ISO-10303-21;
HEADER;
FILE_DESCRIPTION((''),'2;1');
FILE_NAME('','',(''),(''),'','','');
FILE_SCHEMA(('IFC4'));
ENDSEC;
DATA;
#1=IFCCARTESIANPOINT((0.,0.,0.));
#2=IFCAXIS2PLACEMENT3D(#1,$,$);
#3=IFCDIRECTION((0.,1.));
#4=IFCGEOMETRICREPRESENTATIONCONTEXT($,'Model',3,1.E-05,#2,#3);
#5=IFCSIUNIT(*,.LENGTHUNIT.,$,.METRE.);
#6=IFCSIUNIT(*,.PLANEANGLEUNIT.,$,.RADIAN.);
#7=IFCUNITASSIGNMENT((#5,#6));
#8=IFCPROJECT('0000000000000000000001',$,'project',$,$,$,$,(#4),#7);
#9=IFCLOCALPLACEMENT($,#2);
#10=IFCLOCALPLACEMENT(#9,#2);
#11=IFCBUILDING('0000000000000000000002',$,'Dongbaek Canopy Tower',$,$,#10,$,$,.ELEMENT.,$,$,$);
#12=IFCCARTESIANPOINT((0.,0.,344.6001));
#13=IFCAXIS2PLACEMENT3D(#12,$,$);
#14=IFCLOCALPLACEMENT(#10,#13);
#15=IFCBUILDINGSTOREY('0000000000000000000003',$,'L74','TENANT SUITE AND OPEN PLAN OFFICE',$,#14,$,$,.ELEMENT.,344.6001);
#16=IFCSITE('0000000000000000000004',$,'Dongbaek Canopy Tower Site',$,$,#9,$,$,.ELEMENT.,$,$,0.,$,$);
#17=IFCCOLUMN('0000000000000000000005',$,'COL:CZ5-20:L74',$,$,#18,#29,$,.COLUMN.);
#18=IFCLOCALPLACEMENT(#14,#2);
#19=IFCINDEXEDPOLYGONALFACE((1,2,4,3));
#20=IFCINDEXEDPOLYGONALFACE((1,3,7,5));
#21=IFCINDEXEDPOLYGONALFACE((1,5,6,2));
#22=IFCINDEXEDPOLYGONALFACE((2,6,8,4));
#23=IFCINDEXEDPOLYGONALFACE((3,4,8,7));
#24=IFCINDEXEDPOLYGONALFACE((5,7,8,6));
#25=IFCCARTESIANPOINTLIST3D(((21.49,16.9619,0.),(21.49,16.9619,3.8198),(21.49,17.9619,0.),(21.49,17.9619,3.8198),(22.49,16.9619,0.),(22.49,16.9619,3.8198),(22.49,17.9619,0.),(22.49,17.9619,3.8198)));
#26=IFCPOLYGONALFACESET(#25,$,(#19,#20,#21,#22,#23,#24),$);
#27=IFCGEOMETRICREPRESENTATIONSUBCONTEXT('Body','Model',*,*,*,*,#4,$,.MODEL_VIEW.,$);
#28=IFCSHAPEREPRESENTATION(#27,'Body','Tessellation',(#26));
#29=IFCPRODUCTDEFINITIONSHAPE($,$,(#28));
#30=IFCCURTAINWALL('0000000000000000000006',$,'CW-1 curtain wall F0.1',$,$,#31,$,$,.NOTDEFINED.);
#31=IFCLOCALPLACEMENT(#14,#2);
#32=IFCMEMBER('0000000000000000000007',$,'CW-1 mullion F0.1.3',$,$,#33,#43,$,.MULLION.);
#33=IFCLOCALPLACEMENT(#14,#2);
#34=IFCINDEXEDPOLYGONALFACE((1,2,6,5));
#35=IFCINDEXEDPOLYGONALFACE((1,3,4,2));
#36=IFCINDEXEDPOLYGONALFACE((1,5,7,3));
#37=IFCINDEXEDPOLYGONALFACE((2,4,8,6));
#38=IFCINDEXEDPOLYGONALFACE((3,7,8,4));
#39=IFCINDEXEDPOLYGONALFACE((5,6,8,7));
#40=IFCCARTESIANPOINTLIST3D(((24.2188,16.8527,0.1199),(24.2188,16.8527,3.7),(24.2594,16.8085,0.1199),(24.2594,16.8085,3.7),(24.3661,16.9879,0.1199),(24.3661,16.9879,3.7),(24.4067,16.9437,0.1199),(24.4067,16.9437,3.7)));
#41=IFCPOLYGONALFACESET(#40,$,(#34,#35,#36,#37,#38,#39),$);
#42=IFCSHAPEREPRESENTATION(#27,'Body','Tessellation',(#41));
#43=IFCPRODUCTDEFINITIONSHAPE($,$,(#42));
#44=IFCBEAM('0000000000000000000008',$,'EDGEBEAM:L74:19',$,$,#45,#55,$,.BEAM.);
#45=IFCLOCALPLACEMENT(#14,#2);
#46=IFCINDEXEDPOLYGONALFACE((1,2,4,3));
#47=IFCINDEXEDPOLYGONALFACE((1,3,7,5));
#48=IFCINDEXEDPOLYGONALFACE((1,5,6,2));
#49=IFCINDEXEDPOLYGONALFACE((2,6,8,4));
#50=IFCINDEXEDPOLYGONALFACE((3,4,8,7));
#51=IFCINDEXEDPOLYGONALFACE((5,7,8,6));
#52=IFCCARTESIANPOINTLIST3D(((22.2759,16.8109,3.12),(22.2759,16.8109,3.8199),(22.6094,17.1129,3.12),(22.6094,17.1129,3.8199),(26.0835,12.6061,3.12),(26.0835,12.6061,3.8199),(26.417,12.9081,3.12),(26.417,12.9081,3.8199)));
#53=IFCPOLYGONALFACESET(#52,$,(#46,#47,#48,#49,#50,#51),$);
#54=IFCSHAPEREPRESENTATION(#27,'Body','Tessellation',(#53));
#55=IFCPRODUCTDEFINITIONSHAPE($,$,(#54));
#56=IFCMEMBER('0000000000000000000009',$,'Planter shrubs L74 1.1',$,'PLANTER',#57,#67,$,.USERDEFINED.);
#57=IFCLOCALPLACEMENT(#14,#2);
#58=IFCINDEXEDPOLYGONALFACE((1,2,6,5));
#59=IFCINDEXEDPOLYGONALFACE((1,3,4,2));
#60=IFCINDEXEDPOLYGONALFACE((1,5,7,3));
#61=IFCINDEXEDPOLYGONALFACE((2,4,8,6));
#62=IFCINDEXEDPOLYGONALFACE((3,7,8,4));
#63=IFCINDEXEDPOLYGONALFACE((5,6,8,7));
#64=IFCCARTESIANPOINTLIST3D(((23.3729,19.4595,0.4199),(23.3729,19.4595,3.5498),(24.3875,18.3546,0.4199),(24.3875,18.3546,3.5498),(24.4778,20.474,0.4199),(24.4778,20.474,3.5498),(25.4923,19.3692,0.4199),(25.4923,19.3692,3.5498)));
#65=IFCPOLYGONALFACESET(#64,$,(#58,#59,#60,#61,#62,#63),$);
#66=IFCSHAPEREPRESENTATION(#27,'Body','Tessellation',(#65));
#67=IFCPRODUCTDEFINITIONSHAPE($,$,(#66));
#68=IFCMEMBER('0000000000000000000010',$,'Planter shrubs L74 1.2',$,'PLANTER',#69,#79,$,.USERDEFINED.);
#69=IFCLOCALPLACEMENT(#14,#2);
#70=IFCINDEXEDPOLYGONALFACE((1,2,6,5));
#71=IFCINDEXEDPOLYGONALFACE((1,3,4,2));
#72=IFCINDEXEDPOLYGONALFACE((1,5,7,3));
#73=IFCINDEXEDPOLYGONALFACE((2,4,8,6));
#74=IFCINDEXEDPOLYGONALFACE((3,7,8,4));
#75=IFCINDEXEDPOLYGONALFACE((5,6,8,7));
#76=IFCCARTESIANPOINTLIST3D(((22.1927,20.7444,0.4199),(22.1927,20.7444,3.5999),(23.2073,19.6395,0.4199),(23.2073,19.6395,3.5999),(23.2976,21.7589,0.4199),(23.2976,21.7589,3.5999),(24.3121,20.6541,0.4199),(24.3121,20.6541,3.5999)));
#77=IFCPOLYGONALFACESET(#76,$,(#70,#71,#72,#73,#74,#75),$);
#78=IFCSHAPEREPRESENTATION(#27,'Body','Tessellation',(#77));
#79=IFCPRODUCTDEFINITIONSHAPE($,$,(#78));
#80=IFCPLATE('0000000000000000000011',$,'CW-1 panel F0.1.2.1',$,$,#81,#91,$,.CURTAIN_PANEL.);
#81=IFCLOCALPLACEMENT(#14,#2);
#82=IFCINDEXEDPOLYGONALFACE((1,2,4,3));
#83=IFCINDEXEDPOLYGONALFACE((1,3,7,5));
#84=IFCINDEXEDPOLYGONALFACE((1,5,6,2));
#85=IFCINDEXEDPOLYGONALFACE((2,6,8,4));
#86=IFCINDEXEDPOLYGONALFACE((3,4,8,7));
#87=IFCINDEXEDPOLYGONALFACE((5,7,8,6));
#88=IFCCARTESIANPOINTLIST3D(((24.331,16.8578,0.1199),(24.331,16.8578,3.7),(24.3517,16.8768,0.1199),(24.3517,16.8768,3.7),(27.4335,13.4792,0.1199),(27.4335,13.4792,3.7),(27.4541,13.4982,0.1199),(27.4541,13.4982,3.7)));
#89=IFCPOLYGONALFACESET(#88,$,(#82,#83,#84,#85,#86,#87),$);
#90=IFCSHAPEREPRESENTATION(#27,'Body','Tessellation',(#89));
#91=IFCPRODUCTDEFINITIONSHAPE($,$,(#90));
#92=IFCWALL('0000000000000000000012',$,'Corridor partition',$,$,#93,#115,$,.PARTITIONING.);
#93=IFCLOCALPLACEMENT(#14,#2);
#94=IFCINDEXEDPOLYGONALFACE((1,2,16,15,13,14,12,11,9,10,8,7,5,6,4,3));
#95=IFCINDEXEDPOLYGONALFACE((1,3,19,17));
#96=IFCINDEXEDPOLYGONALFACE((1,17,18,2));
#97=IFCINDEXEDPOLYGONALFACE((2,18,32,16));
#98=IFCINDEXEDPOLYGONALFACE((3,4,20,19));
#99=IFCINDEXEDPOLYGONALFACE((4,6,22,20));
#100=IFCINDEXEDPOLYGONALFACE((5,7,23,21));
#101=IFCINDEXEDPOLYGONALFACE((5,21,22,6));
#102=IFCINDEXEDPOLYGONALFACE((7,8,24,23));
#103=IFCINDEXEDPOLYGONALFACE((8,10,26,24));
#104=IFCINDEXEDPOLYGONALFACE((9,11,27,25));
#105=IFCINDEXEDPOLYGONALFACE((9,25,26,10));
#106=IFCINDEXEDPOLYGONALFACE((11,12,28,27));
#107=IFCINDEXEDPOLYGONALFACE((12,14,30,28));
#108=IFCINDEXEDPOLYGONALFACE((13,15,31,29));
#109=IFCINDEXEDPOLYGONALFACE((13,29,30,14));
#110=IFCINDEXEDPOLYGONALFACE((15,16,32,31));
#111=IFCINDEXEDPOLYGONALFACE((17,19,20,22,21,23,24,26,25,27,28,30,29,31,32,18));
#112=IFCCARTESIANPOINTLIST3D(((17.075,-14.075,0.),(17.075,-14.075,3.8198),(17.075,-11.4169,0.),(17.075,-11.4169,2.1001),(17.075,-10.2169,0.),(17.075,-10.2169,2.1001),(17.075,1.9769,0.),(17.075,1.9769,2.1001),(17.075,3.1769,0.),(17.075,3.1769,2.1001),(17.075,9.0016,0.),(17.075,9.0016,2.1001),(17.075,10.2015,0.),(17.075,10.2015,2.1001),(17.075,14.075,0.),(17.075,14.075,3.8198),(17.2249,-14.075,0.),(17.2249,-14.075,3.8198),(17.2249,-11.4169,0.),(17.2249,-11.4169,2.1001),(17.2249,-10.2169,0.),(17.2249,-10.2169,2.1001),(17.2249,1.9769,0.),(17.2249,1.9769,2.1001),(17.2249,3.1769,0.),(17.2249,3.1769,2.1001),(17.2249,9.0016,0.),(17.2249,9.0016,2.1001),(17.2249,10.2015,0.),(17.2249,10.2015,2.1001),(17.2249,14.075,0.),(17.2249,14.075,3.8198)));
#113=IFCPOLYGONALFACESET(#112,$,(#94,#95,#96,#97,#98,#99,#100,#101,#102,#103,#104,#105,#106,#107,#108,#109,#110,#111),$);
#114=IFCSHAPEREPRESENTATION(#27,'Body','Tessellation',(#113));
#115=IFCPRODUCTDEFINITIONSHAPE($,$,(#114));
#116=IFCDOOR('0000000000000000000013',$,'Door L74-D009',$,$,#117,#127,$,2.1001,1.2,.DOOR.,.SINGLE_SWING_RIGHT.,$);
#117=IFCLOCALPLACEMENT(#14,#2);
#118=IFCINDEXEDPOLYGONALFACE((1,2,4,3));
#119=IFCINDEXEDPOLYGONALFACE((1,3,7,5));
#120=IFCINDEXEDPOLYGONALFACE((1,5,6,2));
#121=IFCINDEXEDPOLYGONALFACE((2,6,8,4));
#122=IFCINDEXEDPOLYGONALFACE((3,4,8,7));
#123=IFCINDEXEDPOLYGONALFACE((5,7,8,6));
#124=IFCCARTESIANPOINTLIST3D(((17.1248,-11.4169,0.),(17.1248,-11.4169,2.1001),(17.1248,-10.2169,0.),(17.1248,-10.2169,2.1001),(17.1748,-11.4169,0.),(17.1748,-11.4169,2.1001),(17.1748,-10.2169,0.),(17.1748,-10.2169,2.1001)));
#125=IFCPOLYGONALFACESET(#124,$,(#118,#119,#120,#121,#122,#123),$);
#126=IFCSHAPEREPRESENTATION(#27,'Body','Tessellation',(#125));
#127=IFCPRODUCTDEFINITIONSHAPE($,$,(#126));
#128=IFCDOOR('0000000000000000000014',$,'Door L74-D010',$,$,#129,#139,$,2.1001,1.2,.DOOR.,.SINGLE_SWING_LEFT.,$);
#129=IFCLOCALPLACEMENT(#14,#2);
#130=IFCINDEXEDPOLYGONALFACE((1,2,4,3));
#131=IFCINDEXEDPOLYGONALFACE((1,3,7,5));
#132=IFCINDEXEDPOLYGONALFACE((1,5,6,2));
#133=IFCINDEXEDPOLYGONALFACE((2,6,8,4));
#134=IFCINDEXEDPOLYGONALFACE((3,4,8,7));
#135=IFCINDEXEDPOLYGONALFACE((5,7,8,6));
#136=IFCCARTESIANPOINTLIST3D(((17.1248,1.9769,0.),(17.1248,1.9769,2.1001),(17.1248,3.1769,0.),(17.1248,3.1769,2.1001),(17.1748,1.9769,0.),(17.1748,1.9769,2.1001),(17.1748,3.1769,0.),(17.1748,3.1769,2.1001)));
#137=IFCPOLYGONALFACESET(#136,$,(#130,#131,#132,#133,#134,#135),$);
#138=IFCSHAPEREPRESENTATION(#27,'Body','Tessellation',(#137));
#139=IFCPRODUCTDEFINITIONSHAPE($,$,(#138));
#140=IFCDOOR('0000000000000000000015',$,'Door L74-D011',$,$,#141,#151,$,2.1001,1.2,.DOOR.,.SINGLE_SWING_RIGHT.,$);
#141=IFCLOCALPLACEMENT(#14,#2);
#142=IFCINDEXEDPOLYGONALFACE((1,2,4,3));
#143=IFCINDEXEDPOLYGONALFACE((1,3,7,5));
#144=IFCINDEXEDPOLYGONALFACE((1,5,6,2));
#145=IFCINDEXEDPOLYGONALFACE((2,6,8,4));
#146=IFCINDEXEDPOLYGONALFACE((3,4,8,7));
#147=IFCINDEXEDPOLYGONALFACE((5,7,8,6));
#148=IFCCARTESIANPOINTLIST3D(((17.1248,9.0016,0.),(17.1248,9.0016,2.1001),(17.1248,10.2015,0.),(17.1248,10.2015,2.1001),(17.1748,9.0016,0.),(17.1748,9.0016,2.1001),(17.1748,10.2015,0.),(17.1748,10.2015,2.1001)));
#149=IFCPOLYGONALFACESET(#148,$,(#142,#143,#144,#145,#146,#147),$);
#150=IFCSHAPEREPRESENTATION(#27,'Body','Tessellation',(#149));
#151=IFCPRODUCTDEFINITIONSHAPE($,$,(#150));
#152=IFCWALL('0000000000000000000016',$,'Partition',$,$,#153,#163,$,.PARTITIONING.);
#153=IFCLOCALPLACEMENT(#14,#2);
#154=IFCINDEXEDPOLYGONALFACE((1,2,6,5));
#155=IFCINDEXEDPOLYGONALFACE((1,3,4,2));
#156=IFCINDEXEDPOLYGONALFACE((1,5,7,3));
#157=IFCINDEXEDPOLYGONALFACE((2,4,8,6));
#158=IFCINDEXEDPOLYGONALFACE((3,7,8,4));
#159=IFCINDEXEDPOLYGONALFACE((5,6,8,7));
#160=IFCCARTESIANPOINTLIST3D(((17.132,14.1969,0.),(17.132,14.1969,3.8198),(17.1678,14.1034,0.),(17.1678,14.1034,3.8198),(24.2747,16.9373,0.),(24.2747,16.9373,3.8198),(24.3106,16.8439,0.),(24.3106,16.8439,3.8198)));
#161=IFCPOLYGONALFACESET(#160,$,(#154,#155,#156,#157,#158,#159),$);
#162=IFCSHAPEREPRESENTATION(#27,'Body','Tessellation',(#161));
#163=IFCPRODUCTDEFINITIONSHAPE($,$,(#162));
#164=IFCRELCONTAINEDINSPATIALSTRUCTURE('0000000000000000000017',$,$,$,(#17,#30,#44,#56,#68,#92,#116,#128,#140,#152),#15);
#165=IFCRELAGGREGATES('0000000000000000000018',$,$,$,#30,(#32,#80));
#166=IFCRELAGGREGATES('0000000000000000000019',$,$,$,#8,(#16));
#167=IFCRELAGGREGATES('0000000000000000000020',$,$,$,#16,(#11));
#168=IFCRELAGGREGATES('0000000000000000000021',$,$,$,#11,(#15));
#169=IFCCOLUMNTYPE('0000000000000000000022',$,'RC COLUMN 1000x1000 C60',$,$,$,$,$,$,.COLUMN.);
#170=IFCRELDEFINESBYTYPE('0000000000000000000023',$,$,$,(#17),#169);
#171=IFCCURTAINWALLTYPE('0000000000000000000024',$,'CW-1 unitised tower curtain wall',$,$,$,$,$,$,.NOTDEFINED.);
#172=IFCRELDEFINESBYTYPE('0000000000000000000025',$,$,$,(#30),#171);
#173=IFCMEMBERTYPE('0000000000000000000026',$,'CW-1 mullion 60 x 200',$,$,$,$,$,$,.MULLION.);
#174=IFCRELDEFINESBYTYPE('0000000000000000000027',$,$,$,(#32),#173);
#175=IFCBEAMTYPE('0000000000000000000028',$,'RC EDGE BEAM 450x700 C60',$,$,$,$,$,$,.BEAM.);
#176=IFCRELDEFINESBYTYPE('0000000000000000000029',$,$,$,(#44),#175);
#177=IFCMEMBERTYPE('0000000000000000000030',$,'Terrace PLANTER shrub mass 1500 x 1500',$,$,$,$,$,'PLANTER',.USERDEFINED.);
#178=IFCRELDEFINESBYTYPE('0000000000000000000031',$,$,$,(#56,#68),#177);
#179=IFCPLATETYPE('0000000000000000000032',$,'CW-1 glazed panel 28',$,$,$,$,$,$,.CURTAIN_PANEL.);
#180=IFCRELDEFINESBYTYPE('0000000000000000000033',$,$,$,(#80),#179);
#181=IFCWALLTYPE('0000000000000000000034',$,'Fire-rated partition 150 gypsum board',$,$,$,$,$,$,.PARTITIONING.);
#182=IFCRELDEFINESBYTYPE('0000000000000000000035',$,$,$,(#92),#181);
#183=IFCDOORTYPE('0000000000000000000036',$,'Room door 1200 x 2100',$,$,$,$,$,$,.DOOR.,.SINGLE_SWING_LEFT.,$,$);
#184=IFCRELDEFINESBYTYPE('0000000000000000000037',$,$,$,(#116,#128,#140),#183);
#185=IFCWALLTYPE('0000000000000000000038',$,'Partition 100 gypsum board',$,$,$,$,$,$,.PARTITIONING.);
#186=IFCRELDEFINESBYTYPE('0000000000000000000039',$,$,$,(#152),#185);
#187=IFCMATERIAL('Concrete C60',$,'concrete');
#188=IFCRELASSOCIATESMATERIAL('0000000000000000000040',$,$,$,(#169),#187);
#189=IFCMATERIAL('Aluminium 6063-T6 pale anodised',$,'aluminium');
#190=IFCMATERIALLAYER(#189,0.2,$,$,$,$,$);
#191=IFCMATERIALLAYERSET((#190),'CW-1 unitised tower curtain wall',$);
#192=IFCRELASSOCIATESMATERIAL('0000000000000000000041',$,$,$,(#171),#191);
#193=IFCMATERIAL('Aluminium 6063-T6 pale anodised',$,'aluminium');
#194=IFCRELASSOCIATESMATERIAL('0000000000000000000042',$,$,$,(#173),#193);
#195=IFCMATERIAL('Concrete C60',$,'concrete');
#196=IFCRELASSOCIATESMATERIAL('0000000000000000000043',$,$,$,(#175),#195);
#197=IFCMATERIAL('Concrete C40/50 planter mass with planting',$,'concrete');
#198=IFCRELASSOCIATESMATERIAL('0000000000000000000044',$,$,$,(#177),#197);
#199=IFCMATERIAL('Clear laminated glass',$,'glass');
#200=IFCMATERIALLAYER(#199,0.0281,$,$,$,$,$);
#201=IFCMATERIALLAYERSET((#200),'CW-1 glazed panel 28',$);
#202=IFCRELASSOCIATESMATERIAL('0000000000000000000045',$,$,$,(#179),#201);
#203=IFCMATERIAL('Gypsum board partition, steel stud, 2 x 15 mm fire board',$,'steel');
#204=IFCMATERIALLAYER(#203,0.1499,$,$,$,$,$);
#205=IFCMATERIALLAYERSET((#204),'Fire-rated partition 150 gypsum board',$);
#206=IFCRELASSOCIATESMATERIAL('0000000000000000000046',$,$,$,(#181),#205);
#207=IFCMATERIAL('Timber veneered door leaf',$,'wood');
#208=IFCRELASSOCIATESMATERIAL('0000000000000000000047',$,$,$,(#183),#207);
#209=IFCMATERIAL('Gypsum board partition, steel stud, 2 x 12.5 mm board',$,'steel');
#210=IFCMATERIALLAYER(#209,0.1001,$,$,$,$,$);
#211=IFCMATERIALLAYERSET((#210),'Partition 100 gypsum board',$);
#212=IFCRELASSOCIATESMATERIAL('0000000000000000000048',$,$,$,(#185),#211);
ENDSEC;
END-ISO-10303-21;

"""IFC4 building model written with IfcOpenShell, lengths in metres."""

from ifc_helpers import new_model, si_unit, direction, frame, frame_2d, origin, origin_2d, place, context, subcontext, project, spatial, rectangle, extrude, material, layer, layer_set, material_profile, profile_set, type_object, element, fill, aggregate, save


model = new_model("IFC4")

# Units and contexts
model_context = context("Model", 3, precision=1e-05, world=origin(), true_north=direction((0.0, 1.0)))
body_context = subcontext(model_context, "Body", "Model", "MODEL_VIEW")
ifc_project = project(units=[si_unit("LENGTHUNIT", "METRE"), si_unit("PLANEANGLEUNIT", "RADIAN")], contexts=[model_context])

# Site, building, storey
site_placement = place(None, origin())
site = spatial("IfcSite", under=ifc_project, at=site_placement, Name="Dongbaek Canopy Tower Site", CompositionType="ELEMENT", RefElevation=0.0)
building_placement = place(site_placement, origin())
building = spatial("IfcBuilding", under=site, at=building_placement, Name="Dongbaek Canopy Tower", CompositionType="ELEMENT")
storey_placement = place(building_placement, frame((0.0, 0.0, 344.6001)))
storey = spatial("IfcBuildingStorey", under=building, at=storey_placement, Name="L74", Description="TENANT SUITE AND OPEN PLAN OFFICE", CompositionType="ELEMENT", Elevation=344.6001)

# Column
ifc_material_1 = material(Name="Concrete C60", Category="concrete")
ifc_material_profile_1 = material_profile(ifc_material_1, rectangle(XDim=1.0, YDim=1.0, at=origin_2d()), Name="RC COLUMN 1000x1000 C60")
ifc_profile_set_1 = profile_set([ifc_material_profile_1], Name="Concrete C60")
column_type = type_object("IfcColumnType", Name="RC COLUMN 1000x1000 C60", PredefinedType="COLUMN", material=ifc_profile_set_1)
column_placement = place(storey_placement, frame((21.99, 17.4619, 0.0), z_axis=(0.0, 0.0, 1.0), x_axis=(1.0, 0.0, 0.0)))
element("IfcColumn", 1, at=column_placement, inside=storey, type_object=column_type, Name="COL:CZ5-20:L74", PredefinedType="COLUMN", context=body_context, shape_type="SweptSolid", body=[
    extrude(rectangle(XDim=1.0, YDim=1.0, at=origin_2d()), origin(), (0.0, 0.0, 1.0), 3.8198),
])

# Curtain wall, member
ifc_material_2 = material(Name="Aluminium 6063-T6 pale anodised", Category="aluminium")
ifc_layer_1 = layer(ifc_material_2, 0.2)
ifc_layer_set_1 = layer_set([ifc_layer_1], Name="CW-1 unitised tower curtain wall")
curtain_wall_type = type_object("IfcCurtainWallType", Name="CW-1 unitised tower curtain wall", PredefinedType="NOTDEFINED", material=ifc_layer_set_1)
curtain_wall_placement = place(storey_placement, origin())
curtain_wall = element("IfcCurtainWall", 2, at=curtain_wall_placement, inside=storey, type_object=curtain_wall_type, Name="CW-1 curtain wall F0.1", PredefinedType="NOTDEFINED")
ifc_material_3 = material(Name="Aluminium 6063-T6 pale anodised", Category="aluminium")
ifc_material_profile_2 = material_profile(ifc_material_3, rectangle(XDim=0.2, YDim=0.0601, at=origin_2d()), Name="CW-1 mullion 60 x 200")
ifc_profile_set_2 = profile_set([ifc_material_profile_2], Name="Aluminium 6063-T6 pale anodised")
member_type_1 = type_object("IfcMemberType", Name="CW-1 mullion 60 x 200", PredefinedType="MULLION", material=ifc_profile_set_2)
member_1_placement = place(storey_placement, frame((24.3127, 16.8982, 0.1199), z_axis=(0.0, 0.0, 1.0), x_axis=(0.736567, 0.676365, 0.0)))
member_1 = element("IfcMember", 3, at=member_1_placement, type_object=member_type_1, Name="CW-1 mullion F0.1.3", PredefinedType="MULLION", context=body_context, shape_type="SweptSolid", body=[
    extrude(rectangle(XDim=0.2, YDim=0.0601, at=origin_2d()), origin(), (0.0, 0.0, 1.0), 3.5801),
])

# Beam
ifc_material_4 = material(Name="Concrete C60", Category="concrete")
ifc_material_profile_3 = material_profile(ifc_material_4, rectangle(XDim=0.45, YDim=0.7, at=origin_2d()), Name="RC EDGE BEAM 450x700 C60")
ifc_profile_set_3 = profile_set([ifc_material_profile_3], Name="Concrete C60")
beam_type = type_object("IfcBeamType", Name="RC EDGE BEAM 450x700 C60", PredefinedType="BEAM", material=ifc_profile_set_3)
beam_placement = place(storey_placement, frame((22.4426, 16.9619, 3.47), z_axis=(0.671228, -0.741251, 0.0), x_axis=(0.741251, 0.671228, 0.0)))
element("IfcBeam", 4, at=beam_placement, inside=storey, type_object=beam_type, Name="EDGEBEAM:L74:19", PredefinedType="BEAM", context=body_context, shape_type="SweptSolid", body=[
    extrude(rectangle(XDim=0.45, YDim=0.7, at=origin_2d()), origin(), (0.0, 0.0, 1.0), 5.6726),
])

# Members
ifc_material_5 = material(Name="Concrete C40/50 planter mass with planting", Category="concrete")
ifc_material_profile_4 = material_profile(ifc_material_5, rectangle(XDim=1.5, YDim=1.5, at=origin_2d()), Name="Terrace PLANTER shrub mass 1500 x 1500")
ifc_profile_set_4 = profile_set([ifc_material_profile_4], Name="Concrete C40/50 planter mass with planting")
member_type_2 = type_object("IfcMemberType", Name="Terrace PLANTER shrub mass 1500 x 1500", ElementType="PLANTER", PredefinedType="USERDEFINED", material=ifc_profile_set_4)
member_2_placement = place(storey_placement, frame((24.4326, 19.4143, 0.4199), z_axis=(0.0, 0.0, 1.0), x_axis=(0.736567, 0.676365, 0.0)))
element("IfcMember", 5, at=member_2_placement, inside=storey, type_object=member_type_2, Name="Planter shrubs L74 1.1", ObjectType="PLANTER", PredefinedType="USERDEFINED", context=body_context, shape_type="SweptSolid", body=[
    extrude(rectangle(XDim=1.5, YDim=1.5, at=origin_2d()), origin(), (0.0, 0.0, 1.0), 3.1299),
])
member_3_placement = place(storey_placement, frame((23.2524, 20.6992, 0.4199), z_axis=(0.0, 0.0, 1.0), x_axis=(0.736567, 0.676365, 0.0)))
element("IfcMember", 6, at=member_3_placement, inside=storey, type_object=member_type_2, Name="Planter shrubs L74 1.2", ObjectType="PLANTER", PredefinedType="USERDEFINED", context=body_context, shape_type="SweptSolid", body=[
    extrude(rectangle(XDim=1.5, YDim=1.5, at=origin_2d()), origin(), (0.0, 0.0, 1.0), 3.1799),
])

# Plate
ifc_material_6 = material(Name="Clear laminated glass", Category="glass")
ifc_layer_2 = layer(ifc_material_6, 0.0281)
ifc_layer_set_2 = layer_set([ifc_layer_2], Name="CW-1 glazed panel 28")
plate_type = type_object("IfcPlateType", Name="CW-1 glazed panel 28", PredefinedType="CURTAIN_PANEL", material=ifc_layer_set_2)
plate_placement = place(storey_placement, frame((25.8926, 15.178, 0.1199), z_axis=(0.0, 0.0, 1.0), x_axis=(-0.676365, 0.736567, 0.0)))
plate = element("IfcPlate", 7, at=plate_placement, type_object=plate_type, Name="CW-1 panel F0.1.2.1", PredefinedType="CURTAIN_PANEL", context=body_context, shape_type="SweptSolid", body=[
    extrude(rectangle(XDim=4.5869, YDim=0.0281, at=origin_2d()), origin(), (0.0, 0.0, 1.0), 3.5801),
])
aggregate(curtain_wall, [member_1, plate])

# Wall, openings, doors
ifc_material_7 = material(Name="Gypsum board partition, steel stud, 2 x 15 mm fire board", Category="steel")
ifc_layer_3 = layer(ifc_material_7, 0.1499)
ifc_layer_set_3 = layer_set([ifc_layer_3], Name="Fire-rated partition 150 gypsum board")
wall_type_1 = type_object("IfcWallType", Name="Fire-rated partition 150 gypsum board", PredefinedType="PARTITIONING", material=ifc_layer_set_3)
wall_1_placement = place(storey_placement, frame((17.1499, 14.075, 0.0), z_axis=(0.0, 0.0, 1.0), x_axis=(0.0, -1.0, 0.0)))
wall_1 = element("IfcWall", 8, at=wall_1_placement, inside=storey, type_object=wall_type_1, Name="Corridor partition", PredefinedType="PARTITIONING", context=body_context, shape_type="SweptSolid", body=[
    extrude(rectangle(XDim=28.1499, YDim=0.1499, at=frame_2d((14.075, 0.0))), origin(), (0.0, 0.0, 1.0), 3.8198),
])
opening_1_placement = place(wall_1_placement, frame((24.2917, 0.0, 0.0)))
opening_1 = element("IfcOpeningElement", 9, at=opening_1_placement, cuts=wall_1, PredefinedType="OPENING", context=body_context, shape_type="SweptSolid", body=[
    extrude(rectangle(XDim=1.2, YDim=2.1001, at=frame_2d((0.6001, 1.05))), frame((0.0, 0.085, 0.0), z_axis=(0.0, -1.0, 0.0), x_axis=(1.0, 0.0, 0.0)), (0.0, 0.0, 1.0), 0.1699),
])
opening_2_placement = place(wall_1_placement, frame((10.8979, 0.0, 0.0)))
opening_2 = element("IfcOpeningElement", 10, at=opening_2_placement, cuts=wall_1, PredefinedType="OPENING", context=body_context, shape_type="SweptSolid", body=[
    extrude(rectangle(XDim=1.2, YDim=2.1001, at=frame_2d((0.6001, 1.05))), frame((0.0, 0.085, 0.0), z_axis=(0.0, -1.0, 0.0), x_axis=(1.0, 0.0, 0.0)), (0.0, 0.0, 1.0), 0.1699),
])
opening_3_placement = place(wall_1_placement, frame((3.8733, 0.0, 0.0)))
opening_3 = element("IfcOpeningElement", 11, at=opening_3_placement, cuts=wall_1, PredefinedType="OPENING", context=body_context, shape_type="SweptSolid", body=[
    extrude(rectangle(XDim=1.2, YDim=2.1001, at=frame_2d((0.6001, 1.05))), frame((0.0, 0.085, 0.0), z_axis=(0.0, -1.0, 0.0), x_axis=(1.0, 0.0, 0.0)), (0.0, 0.0, 1.0), 0.1699),
])
ifc_material_8 = material(Name="Timber veneered door leaf", Category="wood")
door_type_1 = type_object("IfcDoorType", Name="Room door 1200 x 2100", OperationType="SINGLE_SWING_LEFT", PredefinedType="DOOR", material=ifc_material_8)
door_1_placement = place(opening_1_placement, origin())
door_1 = element("IfcDoor", 12, at=door_1_placement, inside=storey, type_object=door_type_1, Name="Door L74-D009", OperationType="SINGLE_SWING_RIGHT", OverallHeight=2.1001, OverallWidth=1.2, PredefinedType="DOOR", context=body_context, shape_type="SweptSolid", body=[
    extrude(rectangle(XDim=1.2, YDim=2.1001, at=frame_2d((0.6001, 1.05))), frame((0.0, 0.0249, 0.0), z_axis=(0.0, -1.0, 0.0), x_axis=(1.0, 0.0, 0.0)), (0.0, 0.0, 1.0), 0.05),
])
fill(opening_1, door_1)
door_2_placement = place(opening_2_placement, origin())
door_2 = element("IfcDoor", 13, at=door_2_placement, inside=storey, type_object=door_type_1, Name="Door L74-D010", OperationType="SINGLE_SWING_LEFT", OverallHeight=2.1001, OverallWidth=1.2, PredefinedType="DOOR", context=body_context, shape_type="SweptSolid", body=[
    extrude(rectangle(XDim=1.2, YDim=2.1001, at=frame_2d((0.6001, 1.05))), frame((0.0, 0.0249, 0.0), z_axis=(0.0, -1.0, 0.0), x_axis=(1.0, 0.0, 0.0)), (0.0, 0.0, 1.0), 0.05),
])
fill(opening_2, door_2)
door_3_placement = place(opening_3_placement, origin())
door_3 = element("IfcDoor", 14, at=door_3_placement, inside=storey, type_object=door_type_1, Name="Door L74-D011", OperationType="SINGLE_SWING_RIGHT", OverallHeight=2.1001, OverallWidth=1.2, PredefinedType="DOOR", context=body_context, shape_type="SweptSolid", body=[
    extrude(rectangle(XDim=1.2, YDim=2.1001, at=frame_2d((0.6001, 1.05))), frame((0.0, 0.0249, 0.0), z_axis=(0.0, -1.0, 0.0), x_axis=(1.0, 0.0, 0.0)), (0.0, 0.0, 1.0), 0.05),
])
fill(opening_3, door_3)

# Wall
ifc_material_9 = material(Name="Gypsum board partition, steel stud, 2 x 12.5 mm board", Category="steel")
ifc_layer_4 = layer(ifc_material_9, 0.1001)
ifc_layer_set_4 = layer_set([ifc_layer_4], Name="Partition 100 gypsum board")
wall_type_2 = type_object("IfcWallType", Name="Partition 100 gypsum board", PredefinedType="PARTITIONING", material=ifc_layer_set_4)
wall_2_placement = place(storey_placement, frame((17.1499, 14.1501, 0.0), z_axis=(0.0, 0.0, 1.0), x_axis=(0.933641, 0.358209, 0.0)))
element("IfcWall", 15, at=wall_2_placement, inside=storey, type_object=wall_type_2, Name="Partition", PredefinedType="PARTITIONING", context=body_context, shape_type="SweptSolid", body=[
    extrude(rectangle(XDim=7.6504, YDim=0.1001, at=frame_2d((3.8252, 0.0))), origin(), (0.0, 0.0, 1.0), 3.8198),
])

save(model, "model.ifc")
